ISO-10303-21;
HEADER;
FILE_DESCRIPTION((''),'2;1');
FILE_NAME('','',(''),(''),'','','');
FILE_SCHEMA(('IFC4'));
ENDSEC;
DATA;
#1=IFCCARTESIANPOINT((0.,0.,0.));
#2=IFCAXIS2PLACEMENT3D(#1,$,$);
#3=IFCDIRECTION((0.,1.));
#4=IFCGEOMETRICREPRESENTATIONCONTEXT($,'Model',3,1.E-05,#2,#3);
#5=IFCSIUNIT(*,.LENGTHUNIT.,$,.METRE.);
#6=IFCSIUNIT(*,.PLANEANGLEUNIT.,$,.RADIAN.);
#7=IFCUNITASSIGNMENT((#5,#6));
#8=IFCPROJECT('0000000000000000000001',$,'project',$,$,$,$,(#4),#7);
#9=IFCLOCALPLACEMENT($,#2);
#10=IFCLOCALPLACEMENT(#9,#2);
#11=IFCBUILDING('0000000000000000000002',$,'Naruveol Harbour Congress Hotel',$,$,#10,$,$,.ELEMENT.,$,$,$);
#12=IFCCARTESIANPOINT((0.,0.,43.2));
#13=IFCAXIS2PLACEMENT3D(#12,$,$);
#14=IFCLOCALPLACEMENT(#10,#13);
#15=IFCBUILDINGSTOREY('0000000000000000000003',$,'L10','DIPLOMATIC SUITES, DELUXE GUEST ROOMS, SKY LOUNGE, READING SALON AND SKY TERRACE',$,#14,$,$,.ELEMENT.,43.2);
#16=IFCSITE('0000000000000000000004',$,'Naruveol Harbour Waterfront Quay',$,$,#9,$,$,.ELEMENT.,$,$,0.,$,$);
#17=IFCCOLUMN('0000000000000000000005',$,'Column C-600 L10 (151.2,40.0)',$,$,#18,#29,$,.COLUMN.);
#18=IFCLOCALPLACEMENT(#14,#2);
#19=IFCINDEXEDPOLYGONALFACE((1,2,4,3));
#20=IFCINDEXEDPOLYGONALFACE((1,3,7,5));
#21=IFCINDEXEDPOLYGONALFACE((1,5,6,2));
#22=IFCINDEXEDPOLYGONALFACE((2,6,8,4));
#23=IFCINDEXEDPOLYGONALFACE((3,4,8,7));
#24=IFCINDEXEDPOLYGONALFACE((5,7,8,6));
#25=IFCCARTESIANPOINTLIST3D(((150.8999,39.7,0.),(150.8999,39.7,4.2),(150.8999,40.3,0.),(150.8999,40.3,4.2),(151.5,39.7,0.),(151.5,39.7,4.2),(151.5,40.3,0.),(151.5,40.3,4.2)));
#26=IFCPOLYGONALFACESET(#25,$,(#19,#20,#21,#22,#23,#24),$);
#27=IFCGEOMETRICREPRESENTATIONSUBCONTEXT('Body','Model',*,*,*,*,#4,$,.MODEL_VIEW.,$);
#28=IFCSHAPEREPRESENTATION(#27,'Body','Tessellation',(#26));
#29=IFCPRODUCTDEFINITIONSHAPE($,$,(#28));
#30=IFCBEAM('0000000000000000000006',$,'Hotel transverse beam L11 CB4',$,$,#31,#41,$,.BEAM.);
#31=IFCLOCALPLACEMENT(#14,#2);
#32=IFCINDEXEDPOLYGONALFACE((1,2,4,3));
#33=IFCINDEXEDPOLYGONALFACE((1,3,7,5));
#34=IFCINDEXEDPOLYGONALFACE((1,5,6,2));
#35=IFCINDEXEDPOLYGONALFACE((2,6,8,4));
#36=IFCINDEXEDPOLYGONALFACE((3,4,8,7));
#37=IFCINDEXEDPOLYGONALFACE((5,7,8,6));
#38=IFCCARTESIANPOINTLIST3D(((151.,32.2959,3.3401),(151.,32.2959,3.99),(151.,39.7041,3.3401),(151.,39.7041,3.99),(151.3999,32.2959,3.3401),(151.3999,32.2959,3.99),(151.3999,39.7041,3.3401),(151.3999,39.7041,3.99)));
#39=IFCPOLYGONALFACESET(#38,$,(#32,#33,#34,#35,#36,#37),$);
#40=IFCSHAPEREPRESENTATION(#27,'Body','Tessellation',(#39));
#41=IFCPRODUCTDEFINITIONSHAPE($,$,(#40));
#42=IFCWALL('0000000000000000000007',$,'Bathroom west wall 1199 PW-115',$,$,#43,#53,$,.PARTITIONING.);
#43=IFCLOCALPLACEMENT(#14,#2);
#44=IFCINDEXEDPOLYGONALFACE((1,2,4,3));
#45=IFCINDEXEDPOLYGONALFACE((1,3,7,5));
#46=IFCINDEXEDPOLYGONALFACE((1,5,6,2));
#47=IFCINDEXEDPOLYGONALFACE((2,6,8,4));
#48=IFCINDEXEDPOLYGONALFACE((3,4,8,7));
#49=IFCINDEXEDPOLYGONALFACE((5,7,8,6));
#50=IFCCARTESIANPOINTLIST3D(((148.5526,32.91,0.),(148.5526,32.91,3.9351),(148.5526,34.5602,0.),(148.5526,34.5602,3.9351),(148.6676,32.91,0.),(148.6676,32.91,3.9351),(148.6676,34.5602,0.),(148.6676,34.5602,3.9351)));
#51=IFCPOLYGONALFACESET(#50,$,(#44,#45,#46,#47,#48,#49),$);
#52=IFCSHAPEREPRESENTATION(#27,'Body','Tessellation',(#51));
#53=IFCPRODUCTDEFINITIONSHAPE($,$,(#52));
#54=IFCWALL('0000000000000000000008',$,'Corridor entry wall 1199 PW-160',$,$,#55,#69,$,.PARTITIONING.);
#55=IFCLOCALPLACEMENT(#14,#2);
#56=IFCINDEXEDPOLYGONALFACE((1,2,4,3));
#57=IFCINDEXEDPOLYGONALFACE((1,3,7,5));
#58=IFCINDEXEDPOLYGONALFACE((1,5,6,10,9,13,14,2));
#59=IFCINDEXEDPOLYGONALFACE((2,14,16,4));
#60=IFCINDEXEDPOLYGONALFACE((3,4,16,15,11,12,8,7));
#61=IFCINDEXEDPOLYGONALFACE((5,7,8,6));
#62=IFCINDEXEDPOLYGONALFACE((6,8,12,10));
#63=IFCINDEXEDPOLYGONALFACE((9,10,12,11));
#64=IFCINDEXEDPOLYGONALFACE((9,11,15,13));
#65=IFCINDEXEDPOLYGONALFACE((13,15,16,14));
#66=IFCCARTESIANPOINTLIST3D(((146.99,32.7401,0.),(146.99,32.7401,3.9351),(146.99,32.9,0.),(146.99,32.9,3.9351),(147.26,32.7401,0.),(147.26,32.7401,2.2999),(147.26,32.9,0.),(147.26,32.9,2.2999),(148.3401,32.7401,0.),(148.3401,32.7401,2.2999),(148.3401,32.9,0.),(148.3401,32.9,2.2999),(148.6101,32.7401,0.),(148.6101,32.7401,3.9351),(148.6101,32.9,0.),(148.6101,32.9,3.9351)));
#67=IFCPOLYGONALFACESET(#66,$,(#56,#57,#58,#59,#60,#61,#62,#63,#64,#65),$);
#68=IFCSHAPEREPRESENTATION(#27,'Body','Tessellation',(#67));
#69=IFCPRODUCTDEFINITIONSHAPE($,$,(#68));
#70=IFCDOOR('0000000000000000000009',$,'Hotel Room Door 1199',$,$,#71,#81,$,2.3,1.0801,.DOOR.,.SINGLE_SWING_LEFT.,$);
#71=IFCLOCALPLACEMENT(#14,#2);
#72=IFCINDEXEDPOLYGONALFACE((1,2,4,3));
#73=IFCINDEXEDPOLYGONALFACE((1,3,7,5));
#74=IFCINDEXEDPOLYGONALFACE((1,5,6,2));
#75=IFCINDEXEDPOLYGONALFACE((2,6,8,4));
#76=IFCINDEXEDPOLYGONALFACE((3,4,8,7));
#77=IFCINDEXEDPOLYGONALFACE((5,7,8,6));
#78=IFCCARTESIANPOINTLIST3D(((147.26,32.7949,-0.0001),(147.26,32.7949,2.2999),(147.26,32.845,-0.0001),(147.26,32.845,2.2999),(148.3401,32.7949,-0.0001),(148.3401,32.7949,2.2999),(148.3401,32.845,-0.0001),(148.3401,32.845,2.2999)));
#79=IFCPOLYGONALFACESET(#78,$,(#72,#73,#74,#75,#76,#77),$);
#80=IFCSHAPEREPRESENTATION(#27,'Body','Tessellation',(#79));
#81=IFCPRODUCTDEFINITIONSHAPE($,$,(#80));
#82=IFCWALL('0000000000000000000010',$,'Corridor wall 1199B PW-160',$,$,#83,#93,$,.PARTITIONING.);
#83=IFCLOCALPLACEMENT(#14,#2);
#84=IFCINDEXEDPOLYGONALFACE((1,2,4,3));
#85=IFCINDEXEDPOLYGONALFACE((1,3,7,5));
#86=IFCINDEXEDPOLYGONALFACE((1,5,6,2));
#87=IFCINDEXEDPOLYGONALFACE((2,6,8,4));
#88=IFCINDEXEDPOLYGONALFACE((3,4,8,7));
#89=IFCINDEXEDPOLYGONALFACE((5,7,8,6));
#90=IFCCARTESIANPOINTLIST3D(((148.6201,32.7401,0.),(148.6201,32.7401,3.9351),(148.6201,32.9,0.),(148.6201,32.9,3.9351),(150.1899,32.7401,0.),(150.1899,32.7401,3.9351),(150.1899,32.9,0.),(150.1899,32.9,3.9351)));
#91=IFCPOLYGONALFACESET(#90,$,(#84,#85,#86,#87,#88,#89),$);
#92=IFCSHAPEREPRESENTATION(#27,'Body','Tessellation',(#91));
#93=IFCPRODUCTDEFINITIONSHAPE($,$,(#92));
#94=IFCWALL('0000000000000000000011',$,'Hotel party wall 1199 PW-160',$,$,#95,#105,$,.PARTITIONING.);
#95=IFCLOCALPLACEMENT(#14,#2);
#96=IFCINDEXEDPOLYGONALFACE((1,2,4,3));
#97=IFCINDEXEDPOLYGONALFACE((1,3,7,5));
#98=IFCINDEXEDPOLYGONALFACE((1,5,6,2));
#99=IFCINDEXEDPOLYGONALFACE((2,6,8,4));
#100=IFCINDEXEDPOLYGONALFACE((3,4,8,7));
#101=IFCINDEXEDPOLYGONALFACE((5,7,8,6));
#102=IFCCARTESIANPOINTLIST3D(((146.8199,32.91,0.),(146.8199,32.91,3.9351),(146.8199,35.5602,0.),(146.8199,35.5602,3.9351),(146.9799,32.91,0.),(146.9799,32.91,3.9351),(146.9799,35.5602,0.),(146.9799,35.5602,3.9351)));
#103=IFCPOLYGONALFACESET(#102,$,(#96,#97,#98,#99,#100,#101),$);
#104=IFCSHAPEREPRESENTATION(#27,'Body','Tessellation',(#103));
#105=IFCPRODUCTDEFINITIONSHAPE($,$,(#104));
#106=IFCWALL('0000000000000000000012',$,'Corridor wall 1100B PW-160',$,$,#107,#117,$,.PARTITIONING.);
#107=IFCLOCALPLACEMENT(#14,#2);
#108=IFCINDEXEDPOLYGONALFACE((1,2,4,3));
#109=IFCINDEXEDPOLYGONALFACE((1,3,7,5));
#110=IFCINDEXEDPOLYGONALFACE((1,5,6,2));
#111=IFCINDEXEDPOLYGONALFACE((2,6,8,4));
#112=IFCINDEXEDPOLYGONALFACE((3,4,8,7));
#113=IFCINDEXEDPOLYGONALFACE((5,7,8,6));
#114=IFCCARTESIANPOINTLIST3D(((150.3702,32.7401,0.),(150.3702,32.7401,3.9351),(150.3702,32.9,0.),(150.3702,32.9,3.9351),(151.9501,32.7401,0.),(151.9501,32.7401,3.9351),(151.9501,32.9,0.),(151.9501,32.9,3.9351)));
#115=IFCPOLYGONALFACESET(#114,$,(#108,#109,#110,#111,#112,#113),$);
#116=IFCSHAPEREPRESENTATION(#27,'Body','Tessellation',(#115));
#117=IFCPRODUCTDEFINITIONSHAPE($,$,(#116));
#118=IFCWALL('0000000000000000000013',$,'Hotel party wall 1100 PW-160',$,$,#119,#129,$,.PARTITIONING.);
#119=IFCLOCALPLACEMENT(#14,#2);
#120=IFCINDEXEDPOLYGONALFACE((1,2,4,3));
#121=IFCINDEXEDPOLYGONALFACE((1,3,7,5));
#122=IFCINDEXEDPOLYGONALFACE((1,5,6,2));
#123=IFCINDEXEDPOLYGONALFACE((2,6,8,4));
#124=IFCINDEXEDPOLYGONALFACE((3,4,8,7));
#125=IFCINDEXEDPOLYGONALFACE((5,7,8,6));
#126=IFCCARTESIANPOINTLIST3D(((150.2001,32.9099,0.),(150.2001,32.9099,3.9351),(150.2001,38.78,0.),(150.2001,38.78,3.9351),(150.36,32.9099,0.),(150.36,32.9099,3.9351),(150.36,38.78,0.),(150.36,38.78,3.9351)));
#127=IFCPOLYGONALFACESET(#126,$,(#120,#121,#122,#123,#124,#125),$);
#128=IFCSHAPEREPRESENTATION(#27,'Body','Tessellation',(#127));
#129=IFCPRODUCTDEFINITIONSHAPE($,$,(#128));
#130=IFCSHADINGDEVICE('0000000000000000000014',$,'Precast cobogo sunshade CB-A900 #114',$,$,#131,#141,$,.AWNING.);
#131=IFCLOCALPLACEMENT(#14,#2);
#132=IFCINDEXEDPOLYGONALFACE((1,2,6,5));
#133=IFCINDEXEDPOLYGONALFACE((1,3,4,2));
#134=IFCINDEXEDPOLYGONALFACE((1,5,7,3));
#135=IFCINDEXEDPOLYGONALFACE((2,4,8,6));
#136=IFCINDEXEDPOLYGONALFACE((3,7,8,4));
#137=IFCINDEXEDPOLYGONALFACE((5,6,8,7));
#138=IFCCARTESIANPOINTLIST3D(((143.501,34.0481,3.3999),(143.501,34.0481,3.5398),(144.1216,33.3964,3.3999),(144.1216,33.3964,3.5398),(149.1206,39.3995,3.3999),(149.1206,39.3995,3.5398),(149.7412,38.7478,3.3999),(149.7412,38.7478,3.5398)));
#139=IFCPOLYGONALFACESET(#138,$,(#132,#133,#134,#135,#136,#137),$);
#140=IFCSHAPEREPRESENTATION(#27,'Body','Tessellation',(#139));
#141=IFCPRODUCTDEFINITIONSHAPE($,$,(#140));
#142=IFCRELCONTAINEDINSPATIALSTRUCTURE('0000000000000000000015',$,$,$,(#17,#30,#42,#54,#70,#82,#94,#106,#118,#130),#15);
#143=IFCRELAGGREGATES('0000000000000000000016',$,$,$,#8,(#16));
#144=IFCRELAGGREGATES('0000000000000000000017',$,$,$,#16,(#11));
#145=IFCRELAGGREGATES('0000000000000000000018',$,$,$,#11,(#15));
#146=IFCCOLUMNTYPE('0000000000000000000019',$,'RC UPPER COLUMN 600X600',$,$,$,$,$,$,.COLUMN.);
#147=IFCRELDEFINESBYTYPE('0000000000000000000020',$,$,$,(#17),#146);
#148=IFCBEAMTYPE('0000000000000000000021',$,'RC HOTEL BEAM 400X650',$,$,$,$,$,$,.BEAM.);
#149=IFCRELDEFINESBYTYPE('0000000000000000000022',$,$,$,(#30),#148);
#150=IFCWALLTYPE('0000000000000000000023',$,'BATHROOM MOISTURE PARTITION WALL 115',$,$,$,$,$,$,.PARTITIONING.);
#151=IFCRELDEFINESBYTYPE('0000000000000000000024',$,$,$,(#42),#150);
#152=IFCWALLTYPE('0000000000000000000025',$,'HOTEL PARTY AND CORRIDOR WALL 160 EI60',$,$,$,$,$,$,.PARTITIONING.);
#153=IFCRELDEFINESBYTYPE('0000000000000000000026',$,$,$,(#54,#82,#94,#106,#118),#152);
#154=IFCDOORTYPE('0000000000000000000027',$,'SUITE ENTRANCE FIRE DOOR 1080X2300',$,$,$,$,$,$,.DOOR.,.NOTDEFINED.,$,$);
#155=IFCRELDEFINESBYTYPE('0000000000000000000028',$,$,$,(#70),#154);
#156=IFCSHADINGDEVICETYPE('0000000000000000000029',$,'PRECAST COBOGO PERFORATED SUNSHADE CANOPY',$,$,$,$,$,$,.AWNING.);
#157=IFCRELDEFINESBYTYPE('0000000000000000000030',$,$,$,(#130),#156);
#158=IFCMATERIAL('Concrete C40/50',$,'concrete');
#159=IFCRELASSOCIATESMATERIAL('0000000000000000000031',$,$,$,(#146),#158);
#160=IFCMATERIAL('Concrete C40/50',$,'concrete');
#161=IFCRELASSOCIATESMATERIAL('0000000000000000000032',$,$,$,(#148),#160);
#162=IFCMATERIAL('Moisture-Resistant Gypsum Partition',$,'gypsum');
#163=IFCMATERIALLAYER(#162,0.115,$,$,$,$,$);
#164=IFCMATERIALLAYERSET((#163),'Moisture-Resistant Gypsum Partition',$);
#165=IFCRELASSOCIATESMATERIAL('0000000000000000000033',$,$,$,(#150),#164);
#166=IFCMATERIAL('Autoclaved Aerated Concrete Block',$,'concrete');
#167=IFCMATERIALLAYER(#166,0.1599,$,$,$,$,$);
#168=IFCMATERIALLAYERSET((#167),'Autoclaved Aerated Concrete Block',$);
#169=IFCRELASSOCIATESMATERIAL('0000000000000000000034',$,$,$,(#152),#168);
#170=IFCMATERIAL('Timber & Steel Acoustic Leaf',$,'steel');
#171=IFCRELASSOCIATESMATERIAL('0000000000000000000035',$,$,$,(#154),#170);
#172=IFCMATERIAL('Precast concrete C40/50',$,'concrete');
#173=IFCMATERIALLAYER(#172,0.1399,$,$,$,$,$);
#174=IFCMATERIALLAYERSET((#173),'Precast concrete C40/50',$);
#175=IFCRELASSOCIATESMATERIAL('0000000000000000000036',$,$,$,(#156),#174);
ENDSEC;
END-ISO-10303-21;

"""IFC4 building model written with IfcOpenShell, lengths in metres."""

from ifc_helpers import new_model, si_unit, direction, frame, frame_2d, origin, origin_2d, place, context, subcontext, project, spatial, rectangle, extrude, material, layer, layer_set, material_profile, profile_set, type_object, element, fill, save


model = new_model("IFC4")

# Units and contexts
model_context = context("Model", 3, precision=1e-05, world=origin(), true_north=direction((0.0, 1.0)))
body_context = subcontext(model_context, "Body", "Model", "MODEL_VIEW")
ifc_project = project(units=[si_unit("LENGTHUNIT", "METRE"), si_unit("PLANEANGLEUNIT", "RADIAN")], contexts=[model_context])

# Site, building, storey
site_placement = place(None, origin())
site = spatial("IfcSite", under=ifc_project, at=site_placement, Name="Naruveol Harbour Waterfront Quay", CompositionType="ELEMENT", RefElevation=0.0)
building_placement = place(site_placement, origin())
building = spatial("IfcBuilding", under=site, at=building_placement, Name="Naruveol Harbour Congress Hotel", CompositionType="ELEMENT")
storey_placement = place(building_placement, frame((0.0, 0.0, 43.2)))
storey = spatial("IfcBuildingStorey", under=building, at=storey_placement, Name="L10", Description="DIPLOMATIC SUITES, DELUXE GUEST ROOMS, SKY LOUNGE, READING SALON AND SKY TERRACE", CompositionType="ELEMENT", Elevation=43.2)

# Column
ifc_material_1 = material(Name="Concrete C40/50", Category="concrete")
ifc_material_profile_1 = material_profile(ifc_material_1, rectangle(XDim=0.6001, YDim=0.6001, at=origin_2d()), Name="RC-600x600")
ifc_profile_set_1 = profile_set([ifc_material_profile_1], Name="Concrete C40/50")
column_type = type_object("IfcColumnType", Name="RC UPPER COLUMN 600X600", PredefinedType="COLUMN", material=ifc_profile_set_1)
column_placement = place(storey_placement, frame((151.2, 40.0, 0.0), z_axis=(0.0, 0.0, 1.0), x_axis=(1.0, 0.0, 0.0)))
element("IfcColumn", 1, at=column_placement, inside=storey, type_object=column_type, Name="Column C-600 L10 (151.2,40.0)", PredefinedType="COLUMN", context=body_context, shape_type="SweptSolid", body=[
    extrude(rectangle(XDim=0.6001, YDim=0.6001, at=origin_2d()), origin(), (0.0, 0.0, 1.0), 4.2),
])

# Beam
ifc_material_2 = material(Name="Concrete C40/50", Category="concrete")
ifc_material_profile_2 = material_profile(ifc_material_2, rectangle(XDim=0.3999, YDim=0.6499, at=origin_2d()), Name="RCB-400x650")
ifc_profile_set_2 = profile_set([ifc_material_profile_2], Name="Concrete C40/50")
beam_type = type_object("IfcBeamType", Name="RC HOTEL BEAM 400X650", PredefinedType="BEAM", material=ifc_profile_set_2)
beam_placement = place(storey_placement, frame((151.2, 32.2959, 3.665), z_axis=(0.0, 1.0, 0.0), x_axis=(-1.0, 0.0, 0.0)))
element("IfcBeam", 2, at=beam_placement, inside=storey, type_object=beam_type, Name="Hotel transverse beam L11 CB4", PredefinedType="BEAM", context=body_context, shape_type="SweptSolid", body=[
    extrude(rectangle(XDim=0.3999, YDim=0.6499, at=origin_2d()), origin(), (0.0, 0.0, 1.0), 7.4082),
])

# Wall
ifc_material_3 = material(Name="Moisture-Resistant Gypsum Partition", Category="gypsum")
ifc_layer_1 = layer(ifc_material_3, 0.115)
ifc_layer_set_1 = layer_set([ifc_layer_1], Name="Moisture-Resistant Gypsum Partition")
wall_type_1 = type_object("IfcWallType", Name="BATHROOM MOISTURE PARTITION WALL 115", PredefinedType="PARTITIONING", material=ifc_layer_set_1)
wall_1_placement = place(storey_placement, frame((148.6101, 32.9099, 0.0), z_axis=(0.0, 0.0, 1.0), x_axis=(0.0, 1.0, 0.0)))
element("IfcWall", 3, at=wall_1_placement, inside=storey, type_object=wall_type_1, Name="Bathroom west wall 1199 PW-115", PredefinedType="PARTITIONING", context=body_context, shape_type="SweptSolid", body=[
    extrude(rectangle(XDim=1.6501, YDim=0.115, at=frame_2d((0.8252, 0.0))), origin(), (0.0, 0.0, 1.0), 3.9351),
])

# Wall, opening, door
ifc_material_4 = material(Name="Autoclaved Aerated Concrete Block", Category="concrete")
ifc_layer_2 = layer(ifc_material_4, 0.1599)
ifc_layer_set_2 = layer_set([ifc_layer_2], Name="Autoclaved Aerated Concrete Block")
wall_type_2 = type_object("IfcWallType", Name="HOTEL PARTY AND CORRIDOR WALL 160 EI60", PredefinedType="PARTITIONING", material=ifc_layer_set_2)
wall_2_placement = place(storey_placement, frame((146.99, 32.8201, 0.0), z_axis=(0.0, 0.0, 1.0), x_axis=(1.0, 0.0, 0.0)))
wall_2 = element("IfcWall", 4, at=wall_2_placement, inside=storey, type_object=wall_type_2, Name="Corridor entry wall 1199 PW-160", PredefinedType="PARTITIONING", context=body_context, shape_type="SweptSolid", body=[
    extrude(rectangle(XDim=1.6201, YDim=0.1599, at=frame_2d((0.8101, 0.0))), origin(), (0.0, 0.0, 1.0), 3.9351),
])
opening_1_placement = place(wall_2_placement, frame((0.27, 0.0, 0.0)))
opening_1 = element("IfcOpeningElement", 5, at=opening_1_placement, cuts=wall_2, PredefinedType="OPENING", context=body_context, shape_type="SweptSolid", body=[
    extrude(rectangle(XDim=1.0801, YDim=2.3, at=frame_2d((0.54, 1.1499))), frame((0.0, 0.0898, 0.0), z_axis=(0.0, -1.0, 0.0), x_axis=(1.0, 0.0, 0.0)), (0.0, 0.0, 1.0), 0.1799),
])
ifc_material_5 = material(Name="Timber & Steel Acoustic Leaf", Category="steel")
door_type_1 = type_object("IfcDoorType", Name="SUITE ENTRANCE FIRE DOOR 1080X2300", OperationType="NOTDEFINED", PredefinedType="DOOR", material=ifc_material_5)
door_1_placement = place(opening_1_placement, origin())
door_1 = element("IfcDoor", 6, at=door_1_placement, inside=storey, type_object=door_type_1, Name="Hotel Room Door 1199", OperationType="SINGLE_SWING_LEFT", OverallHeight=2.3, OverallWidth=1.0801, PredefinedType="DOOR", context=body_context, shape_type="SweptSolid", body=[
    extrude(rectangle(XDim=1.0801, YDim=2.3, at=frame_2d((0.54, 1.1499))), frame((0.0, 0.0249, 0.0), z_axis=(0.0, -1.0, 0.0), x_axis=(1.0, 0.0, 0.0)), (0.0, 0.0, 1.0), 0.05),
])
fill(opening_1, door_1)

# Walls
wall_3_placement = place(storey_placement, frame((148.6201, 32.8201, 0.0), z_axis=(0.0, 0.0, 1.0), x_axis=(1.0, 0.0, 0.0)))
element("IfcWall", 7, at=wall_3_placement, inside=storey, type_object=wall_type_2, Name="Corridor wall 1199B PW-160", PredefinedType="PARTITIONING", context=body_context, shape_type="SweptSolid", body=[
    extrude(rectangle(XDim=1.5698, YDim=0.1599, at=frame_2d((0.7849, 0.0))), origin(), (0.0, 0.0, 1.0), 3.9351),
])
wall_4_placement = place(storey_placement, frame((146.8999, 32.9099, 0.0), z_axis=(0.0, 0.0, 1.0), x_axis=(0.0, 1.0, 0.0)))
element("IfcWall", 8, at=wall_4_placement, inside=storey, type_object=wall_type_2, Name="Hotel party wall 1199 PW-160", PredefinedType="PARTITIONING", context=body_context, shape_type="SweptSolid", body=[
    extrude(rectangle(XDim=2.6501, YDim=0.1599, at=frame_2d((1.3252, 0.0))), origin(), (0.0, 0.0, 1.0), 3.9351),
])
wall_5_placement = place(storey_placement, frame((150.3701, 32.8201, 0.0), z_axis=(0.0, 0.0, 1.0), x_axis=(1.0, 0.0, 0.0)))
element("IfcWall", 9, at=wall_5_placement, inside=storey, type_object=wall_type_2, Name="Corridor wall 1100B PW-160", PredefinedType="PARTITIONING", context=body_context, shape_type="SweptSolid", body=[
    extrude(rectangle(XDim=1.5798, YDim=0.1599, at=frame_2d((0.79, 0.0))), origin(), (0.0, 0.0, 1.0), 3.9351),
])
wall_6_placement = place(storey_placement, frame((150.28, 32.9099, 0.0), z_axis=(0.0, 0.0, 1.0), x_axis=(0.0, 1.0, 0.0)))
element("IfcWall", 10, at=wall_6_placement, inside=storey, type_object=wall_type_2, Name="Hotel party wall 1100 PW-160", PredefinedType="PARTITIONING", context=body_context, shape_type="SweptSolid", body=[
    extrude(rectangle(XDim=5.8701, YDim=0.1599, at=frame_2d((2.9351, 0.0))), origin(), (0.0, 0.0, 1.0), 3.9351),
])

# Shading device
ifc_material_6 = material(Name="Precast concrete C40/50", Category="concrete")
ifc_layer_3 = layer(ifc_material_6, 0.1399)
ifc_layer_set_3 = layer_set([ifc_layer_3], Name="Precast concrete C40/50")
shading_device_type = type_object("IfcShadingDeviceType", Name="PRECAST COBOGO PERFORATED SUNSHADE CANOPY", PredefinedType="AWNING", material=ifc_layer_set_3)
shading_device_placement = place(storey_placement, frame((146.6211, 36.3979, 3.3999), z_axis=(0.0, 0.0, 1.0), x_axis=(0.724172, 0.68962, 0.0)))
element("IfcShadingDevice", 11, at=shading_device_placement, inside=storey, type_object=shading_device_type, Name="Precast cobogo sunshade CB-A900 #114", PredefinedType="AWNING", context=body_context, shape_type="SweptSolid", body=[
    extrude(rectangle(XDim=7.76, YDim=0.8999, at=origin_2d()), origin(), (0.0, 0.0, 1.0), 0.1399),
])

save(model, "model.ifc")
